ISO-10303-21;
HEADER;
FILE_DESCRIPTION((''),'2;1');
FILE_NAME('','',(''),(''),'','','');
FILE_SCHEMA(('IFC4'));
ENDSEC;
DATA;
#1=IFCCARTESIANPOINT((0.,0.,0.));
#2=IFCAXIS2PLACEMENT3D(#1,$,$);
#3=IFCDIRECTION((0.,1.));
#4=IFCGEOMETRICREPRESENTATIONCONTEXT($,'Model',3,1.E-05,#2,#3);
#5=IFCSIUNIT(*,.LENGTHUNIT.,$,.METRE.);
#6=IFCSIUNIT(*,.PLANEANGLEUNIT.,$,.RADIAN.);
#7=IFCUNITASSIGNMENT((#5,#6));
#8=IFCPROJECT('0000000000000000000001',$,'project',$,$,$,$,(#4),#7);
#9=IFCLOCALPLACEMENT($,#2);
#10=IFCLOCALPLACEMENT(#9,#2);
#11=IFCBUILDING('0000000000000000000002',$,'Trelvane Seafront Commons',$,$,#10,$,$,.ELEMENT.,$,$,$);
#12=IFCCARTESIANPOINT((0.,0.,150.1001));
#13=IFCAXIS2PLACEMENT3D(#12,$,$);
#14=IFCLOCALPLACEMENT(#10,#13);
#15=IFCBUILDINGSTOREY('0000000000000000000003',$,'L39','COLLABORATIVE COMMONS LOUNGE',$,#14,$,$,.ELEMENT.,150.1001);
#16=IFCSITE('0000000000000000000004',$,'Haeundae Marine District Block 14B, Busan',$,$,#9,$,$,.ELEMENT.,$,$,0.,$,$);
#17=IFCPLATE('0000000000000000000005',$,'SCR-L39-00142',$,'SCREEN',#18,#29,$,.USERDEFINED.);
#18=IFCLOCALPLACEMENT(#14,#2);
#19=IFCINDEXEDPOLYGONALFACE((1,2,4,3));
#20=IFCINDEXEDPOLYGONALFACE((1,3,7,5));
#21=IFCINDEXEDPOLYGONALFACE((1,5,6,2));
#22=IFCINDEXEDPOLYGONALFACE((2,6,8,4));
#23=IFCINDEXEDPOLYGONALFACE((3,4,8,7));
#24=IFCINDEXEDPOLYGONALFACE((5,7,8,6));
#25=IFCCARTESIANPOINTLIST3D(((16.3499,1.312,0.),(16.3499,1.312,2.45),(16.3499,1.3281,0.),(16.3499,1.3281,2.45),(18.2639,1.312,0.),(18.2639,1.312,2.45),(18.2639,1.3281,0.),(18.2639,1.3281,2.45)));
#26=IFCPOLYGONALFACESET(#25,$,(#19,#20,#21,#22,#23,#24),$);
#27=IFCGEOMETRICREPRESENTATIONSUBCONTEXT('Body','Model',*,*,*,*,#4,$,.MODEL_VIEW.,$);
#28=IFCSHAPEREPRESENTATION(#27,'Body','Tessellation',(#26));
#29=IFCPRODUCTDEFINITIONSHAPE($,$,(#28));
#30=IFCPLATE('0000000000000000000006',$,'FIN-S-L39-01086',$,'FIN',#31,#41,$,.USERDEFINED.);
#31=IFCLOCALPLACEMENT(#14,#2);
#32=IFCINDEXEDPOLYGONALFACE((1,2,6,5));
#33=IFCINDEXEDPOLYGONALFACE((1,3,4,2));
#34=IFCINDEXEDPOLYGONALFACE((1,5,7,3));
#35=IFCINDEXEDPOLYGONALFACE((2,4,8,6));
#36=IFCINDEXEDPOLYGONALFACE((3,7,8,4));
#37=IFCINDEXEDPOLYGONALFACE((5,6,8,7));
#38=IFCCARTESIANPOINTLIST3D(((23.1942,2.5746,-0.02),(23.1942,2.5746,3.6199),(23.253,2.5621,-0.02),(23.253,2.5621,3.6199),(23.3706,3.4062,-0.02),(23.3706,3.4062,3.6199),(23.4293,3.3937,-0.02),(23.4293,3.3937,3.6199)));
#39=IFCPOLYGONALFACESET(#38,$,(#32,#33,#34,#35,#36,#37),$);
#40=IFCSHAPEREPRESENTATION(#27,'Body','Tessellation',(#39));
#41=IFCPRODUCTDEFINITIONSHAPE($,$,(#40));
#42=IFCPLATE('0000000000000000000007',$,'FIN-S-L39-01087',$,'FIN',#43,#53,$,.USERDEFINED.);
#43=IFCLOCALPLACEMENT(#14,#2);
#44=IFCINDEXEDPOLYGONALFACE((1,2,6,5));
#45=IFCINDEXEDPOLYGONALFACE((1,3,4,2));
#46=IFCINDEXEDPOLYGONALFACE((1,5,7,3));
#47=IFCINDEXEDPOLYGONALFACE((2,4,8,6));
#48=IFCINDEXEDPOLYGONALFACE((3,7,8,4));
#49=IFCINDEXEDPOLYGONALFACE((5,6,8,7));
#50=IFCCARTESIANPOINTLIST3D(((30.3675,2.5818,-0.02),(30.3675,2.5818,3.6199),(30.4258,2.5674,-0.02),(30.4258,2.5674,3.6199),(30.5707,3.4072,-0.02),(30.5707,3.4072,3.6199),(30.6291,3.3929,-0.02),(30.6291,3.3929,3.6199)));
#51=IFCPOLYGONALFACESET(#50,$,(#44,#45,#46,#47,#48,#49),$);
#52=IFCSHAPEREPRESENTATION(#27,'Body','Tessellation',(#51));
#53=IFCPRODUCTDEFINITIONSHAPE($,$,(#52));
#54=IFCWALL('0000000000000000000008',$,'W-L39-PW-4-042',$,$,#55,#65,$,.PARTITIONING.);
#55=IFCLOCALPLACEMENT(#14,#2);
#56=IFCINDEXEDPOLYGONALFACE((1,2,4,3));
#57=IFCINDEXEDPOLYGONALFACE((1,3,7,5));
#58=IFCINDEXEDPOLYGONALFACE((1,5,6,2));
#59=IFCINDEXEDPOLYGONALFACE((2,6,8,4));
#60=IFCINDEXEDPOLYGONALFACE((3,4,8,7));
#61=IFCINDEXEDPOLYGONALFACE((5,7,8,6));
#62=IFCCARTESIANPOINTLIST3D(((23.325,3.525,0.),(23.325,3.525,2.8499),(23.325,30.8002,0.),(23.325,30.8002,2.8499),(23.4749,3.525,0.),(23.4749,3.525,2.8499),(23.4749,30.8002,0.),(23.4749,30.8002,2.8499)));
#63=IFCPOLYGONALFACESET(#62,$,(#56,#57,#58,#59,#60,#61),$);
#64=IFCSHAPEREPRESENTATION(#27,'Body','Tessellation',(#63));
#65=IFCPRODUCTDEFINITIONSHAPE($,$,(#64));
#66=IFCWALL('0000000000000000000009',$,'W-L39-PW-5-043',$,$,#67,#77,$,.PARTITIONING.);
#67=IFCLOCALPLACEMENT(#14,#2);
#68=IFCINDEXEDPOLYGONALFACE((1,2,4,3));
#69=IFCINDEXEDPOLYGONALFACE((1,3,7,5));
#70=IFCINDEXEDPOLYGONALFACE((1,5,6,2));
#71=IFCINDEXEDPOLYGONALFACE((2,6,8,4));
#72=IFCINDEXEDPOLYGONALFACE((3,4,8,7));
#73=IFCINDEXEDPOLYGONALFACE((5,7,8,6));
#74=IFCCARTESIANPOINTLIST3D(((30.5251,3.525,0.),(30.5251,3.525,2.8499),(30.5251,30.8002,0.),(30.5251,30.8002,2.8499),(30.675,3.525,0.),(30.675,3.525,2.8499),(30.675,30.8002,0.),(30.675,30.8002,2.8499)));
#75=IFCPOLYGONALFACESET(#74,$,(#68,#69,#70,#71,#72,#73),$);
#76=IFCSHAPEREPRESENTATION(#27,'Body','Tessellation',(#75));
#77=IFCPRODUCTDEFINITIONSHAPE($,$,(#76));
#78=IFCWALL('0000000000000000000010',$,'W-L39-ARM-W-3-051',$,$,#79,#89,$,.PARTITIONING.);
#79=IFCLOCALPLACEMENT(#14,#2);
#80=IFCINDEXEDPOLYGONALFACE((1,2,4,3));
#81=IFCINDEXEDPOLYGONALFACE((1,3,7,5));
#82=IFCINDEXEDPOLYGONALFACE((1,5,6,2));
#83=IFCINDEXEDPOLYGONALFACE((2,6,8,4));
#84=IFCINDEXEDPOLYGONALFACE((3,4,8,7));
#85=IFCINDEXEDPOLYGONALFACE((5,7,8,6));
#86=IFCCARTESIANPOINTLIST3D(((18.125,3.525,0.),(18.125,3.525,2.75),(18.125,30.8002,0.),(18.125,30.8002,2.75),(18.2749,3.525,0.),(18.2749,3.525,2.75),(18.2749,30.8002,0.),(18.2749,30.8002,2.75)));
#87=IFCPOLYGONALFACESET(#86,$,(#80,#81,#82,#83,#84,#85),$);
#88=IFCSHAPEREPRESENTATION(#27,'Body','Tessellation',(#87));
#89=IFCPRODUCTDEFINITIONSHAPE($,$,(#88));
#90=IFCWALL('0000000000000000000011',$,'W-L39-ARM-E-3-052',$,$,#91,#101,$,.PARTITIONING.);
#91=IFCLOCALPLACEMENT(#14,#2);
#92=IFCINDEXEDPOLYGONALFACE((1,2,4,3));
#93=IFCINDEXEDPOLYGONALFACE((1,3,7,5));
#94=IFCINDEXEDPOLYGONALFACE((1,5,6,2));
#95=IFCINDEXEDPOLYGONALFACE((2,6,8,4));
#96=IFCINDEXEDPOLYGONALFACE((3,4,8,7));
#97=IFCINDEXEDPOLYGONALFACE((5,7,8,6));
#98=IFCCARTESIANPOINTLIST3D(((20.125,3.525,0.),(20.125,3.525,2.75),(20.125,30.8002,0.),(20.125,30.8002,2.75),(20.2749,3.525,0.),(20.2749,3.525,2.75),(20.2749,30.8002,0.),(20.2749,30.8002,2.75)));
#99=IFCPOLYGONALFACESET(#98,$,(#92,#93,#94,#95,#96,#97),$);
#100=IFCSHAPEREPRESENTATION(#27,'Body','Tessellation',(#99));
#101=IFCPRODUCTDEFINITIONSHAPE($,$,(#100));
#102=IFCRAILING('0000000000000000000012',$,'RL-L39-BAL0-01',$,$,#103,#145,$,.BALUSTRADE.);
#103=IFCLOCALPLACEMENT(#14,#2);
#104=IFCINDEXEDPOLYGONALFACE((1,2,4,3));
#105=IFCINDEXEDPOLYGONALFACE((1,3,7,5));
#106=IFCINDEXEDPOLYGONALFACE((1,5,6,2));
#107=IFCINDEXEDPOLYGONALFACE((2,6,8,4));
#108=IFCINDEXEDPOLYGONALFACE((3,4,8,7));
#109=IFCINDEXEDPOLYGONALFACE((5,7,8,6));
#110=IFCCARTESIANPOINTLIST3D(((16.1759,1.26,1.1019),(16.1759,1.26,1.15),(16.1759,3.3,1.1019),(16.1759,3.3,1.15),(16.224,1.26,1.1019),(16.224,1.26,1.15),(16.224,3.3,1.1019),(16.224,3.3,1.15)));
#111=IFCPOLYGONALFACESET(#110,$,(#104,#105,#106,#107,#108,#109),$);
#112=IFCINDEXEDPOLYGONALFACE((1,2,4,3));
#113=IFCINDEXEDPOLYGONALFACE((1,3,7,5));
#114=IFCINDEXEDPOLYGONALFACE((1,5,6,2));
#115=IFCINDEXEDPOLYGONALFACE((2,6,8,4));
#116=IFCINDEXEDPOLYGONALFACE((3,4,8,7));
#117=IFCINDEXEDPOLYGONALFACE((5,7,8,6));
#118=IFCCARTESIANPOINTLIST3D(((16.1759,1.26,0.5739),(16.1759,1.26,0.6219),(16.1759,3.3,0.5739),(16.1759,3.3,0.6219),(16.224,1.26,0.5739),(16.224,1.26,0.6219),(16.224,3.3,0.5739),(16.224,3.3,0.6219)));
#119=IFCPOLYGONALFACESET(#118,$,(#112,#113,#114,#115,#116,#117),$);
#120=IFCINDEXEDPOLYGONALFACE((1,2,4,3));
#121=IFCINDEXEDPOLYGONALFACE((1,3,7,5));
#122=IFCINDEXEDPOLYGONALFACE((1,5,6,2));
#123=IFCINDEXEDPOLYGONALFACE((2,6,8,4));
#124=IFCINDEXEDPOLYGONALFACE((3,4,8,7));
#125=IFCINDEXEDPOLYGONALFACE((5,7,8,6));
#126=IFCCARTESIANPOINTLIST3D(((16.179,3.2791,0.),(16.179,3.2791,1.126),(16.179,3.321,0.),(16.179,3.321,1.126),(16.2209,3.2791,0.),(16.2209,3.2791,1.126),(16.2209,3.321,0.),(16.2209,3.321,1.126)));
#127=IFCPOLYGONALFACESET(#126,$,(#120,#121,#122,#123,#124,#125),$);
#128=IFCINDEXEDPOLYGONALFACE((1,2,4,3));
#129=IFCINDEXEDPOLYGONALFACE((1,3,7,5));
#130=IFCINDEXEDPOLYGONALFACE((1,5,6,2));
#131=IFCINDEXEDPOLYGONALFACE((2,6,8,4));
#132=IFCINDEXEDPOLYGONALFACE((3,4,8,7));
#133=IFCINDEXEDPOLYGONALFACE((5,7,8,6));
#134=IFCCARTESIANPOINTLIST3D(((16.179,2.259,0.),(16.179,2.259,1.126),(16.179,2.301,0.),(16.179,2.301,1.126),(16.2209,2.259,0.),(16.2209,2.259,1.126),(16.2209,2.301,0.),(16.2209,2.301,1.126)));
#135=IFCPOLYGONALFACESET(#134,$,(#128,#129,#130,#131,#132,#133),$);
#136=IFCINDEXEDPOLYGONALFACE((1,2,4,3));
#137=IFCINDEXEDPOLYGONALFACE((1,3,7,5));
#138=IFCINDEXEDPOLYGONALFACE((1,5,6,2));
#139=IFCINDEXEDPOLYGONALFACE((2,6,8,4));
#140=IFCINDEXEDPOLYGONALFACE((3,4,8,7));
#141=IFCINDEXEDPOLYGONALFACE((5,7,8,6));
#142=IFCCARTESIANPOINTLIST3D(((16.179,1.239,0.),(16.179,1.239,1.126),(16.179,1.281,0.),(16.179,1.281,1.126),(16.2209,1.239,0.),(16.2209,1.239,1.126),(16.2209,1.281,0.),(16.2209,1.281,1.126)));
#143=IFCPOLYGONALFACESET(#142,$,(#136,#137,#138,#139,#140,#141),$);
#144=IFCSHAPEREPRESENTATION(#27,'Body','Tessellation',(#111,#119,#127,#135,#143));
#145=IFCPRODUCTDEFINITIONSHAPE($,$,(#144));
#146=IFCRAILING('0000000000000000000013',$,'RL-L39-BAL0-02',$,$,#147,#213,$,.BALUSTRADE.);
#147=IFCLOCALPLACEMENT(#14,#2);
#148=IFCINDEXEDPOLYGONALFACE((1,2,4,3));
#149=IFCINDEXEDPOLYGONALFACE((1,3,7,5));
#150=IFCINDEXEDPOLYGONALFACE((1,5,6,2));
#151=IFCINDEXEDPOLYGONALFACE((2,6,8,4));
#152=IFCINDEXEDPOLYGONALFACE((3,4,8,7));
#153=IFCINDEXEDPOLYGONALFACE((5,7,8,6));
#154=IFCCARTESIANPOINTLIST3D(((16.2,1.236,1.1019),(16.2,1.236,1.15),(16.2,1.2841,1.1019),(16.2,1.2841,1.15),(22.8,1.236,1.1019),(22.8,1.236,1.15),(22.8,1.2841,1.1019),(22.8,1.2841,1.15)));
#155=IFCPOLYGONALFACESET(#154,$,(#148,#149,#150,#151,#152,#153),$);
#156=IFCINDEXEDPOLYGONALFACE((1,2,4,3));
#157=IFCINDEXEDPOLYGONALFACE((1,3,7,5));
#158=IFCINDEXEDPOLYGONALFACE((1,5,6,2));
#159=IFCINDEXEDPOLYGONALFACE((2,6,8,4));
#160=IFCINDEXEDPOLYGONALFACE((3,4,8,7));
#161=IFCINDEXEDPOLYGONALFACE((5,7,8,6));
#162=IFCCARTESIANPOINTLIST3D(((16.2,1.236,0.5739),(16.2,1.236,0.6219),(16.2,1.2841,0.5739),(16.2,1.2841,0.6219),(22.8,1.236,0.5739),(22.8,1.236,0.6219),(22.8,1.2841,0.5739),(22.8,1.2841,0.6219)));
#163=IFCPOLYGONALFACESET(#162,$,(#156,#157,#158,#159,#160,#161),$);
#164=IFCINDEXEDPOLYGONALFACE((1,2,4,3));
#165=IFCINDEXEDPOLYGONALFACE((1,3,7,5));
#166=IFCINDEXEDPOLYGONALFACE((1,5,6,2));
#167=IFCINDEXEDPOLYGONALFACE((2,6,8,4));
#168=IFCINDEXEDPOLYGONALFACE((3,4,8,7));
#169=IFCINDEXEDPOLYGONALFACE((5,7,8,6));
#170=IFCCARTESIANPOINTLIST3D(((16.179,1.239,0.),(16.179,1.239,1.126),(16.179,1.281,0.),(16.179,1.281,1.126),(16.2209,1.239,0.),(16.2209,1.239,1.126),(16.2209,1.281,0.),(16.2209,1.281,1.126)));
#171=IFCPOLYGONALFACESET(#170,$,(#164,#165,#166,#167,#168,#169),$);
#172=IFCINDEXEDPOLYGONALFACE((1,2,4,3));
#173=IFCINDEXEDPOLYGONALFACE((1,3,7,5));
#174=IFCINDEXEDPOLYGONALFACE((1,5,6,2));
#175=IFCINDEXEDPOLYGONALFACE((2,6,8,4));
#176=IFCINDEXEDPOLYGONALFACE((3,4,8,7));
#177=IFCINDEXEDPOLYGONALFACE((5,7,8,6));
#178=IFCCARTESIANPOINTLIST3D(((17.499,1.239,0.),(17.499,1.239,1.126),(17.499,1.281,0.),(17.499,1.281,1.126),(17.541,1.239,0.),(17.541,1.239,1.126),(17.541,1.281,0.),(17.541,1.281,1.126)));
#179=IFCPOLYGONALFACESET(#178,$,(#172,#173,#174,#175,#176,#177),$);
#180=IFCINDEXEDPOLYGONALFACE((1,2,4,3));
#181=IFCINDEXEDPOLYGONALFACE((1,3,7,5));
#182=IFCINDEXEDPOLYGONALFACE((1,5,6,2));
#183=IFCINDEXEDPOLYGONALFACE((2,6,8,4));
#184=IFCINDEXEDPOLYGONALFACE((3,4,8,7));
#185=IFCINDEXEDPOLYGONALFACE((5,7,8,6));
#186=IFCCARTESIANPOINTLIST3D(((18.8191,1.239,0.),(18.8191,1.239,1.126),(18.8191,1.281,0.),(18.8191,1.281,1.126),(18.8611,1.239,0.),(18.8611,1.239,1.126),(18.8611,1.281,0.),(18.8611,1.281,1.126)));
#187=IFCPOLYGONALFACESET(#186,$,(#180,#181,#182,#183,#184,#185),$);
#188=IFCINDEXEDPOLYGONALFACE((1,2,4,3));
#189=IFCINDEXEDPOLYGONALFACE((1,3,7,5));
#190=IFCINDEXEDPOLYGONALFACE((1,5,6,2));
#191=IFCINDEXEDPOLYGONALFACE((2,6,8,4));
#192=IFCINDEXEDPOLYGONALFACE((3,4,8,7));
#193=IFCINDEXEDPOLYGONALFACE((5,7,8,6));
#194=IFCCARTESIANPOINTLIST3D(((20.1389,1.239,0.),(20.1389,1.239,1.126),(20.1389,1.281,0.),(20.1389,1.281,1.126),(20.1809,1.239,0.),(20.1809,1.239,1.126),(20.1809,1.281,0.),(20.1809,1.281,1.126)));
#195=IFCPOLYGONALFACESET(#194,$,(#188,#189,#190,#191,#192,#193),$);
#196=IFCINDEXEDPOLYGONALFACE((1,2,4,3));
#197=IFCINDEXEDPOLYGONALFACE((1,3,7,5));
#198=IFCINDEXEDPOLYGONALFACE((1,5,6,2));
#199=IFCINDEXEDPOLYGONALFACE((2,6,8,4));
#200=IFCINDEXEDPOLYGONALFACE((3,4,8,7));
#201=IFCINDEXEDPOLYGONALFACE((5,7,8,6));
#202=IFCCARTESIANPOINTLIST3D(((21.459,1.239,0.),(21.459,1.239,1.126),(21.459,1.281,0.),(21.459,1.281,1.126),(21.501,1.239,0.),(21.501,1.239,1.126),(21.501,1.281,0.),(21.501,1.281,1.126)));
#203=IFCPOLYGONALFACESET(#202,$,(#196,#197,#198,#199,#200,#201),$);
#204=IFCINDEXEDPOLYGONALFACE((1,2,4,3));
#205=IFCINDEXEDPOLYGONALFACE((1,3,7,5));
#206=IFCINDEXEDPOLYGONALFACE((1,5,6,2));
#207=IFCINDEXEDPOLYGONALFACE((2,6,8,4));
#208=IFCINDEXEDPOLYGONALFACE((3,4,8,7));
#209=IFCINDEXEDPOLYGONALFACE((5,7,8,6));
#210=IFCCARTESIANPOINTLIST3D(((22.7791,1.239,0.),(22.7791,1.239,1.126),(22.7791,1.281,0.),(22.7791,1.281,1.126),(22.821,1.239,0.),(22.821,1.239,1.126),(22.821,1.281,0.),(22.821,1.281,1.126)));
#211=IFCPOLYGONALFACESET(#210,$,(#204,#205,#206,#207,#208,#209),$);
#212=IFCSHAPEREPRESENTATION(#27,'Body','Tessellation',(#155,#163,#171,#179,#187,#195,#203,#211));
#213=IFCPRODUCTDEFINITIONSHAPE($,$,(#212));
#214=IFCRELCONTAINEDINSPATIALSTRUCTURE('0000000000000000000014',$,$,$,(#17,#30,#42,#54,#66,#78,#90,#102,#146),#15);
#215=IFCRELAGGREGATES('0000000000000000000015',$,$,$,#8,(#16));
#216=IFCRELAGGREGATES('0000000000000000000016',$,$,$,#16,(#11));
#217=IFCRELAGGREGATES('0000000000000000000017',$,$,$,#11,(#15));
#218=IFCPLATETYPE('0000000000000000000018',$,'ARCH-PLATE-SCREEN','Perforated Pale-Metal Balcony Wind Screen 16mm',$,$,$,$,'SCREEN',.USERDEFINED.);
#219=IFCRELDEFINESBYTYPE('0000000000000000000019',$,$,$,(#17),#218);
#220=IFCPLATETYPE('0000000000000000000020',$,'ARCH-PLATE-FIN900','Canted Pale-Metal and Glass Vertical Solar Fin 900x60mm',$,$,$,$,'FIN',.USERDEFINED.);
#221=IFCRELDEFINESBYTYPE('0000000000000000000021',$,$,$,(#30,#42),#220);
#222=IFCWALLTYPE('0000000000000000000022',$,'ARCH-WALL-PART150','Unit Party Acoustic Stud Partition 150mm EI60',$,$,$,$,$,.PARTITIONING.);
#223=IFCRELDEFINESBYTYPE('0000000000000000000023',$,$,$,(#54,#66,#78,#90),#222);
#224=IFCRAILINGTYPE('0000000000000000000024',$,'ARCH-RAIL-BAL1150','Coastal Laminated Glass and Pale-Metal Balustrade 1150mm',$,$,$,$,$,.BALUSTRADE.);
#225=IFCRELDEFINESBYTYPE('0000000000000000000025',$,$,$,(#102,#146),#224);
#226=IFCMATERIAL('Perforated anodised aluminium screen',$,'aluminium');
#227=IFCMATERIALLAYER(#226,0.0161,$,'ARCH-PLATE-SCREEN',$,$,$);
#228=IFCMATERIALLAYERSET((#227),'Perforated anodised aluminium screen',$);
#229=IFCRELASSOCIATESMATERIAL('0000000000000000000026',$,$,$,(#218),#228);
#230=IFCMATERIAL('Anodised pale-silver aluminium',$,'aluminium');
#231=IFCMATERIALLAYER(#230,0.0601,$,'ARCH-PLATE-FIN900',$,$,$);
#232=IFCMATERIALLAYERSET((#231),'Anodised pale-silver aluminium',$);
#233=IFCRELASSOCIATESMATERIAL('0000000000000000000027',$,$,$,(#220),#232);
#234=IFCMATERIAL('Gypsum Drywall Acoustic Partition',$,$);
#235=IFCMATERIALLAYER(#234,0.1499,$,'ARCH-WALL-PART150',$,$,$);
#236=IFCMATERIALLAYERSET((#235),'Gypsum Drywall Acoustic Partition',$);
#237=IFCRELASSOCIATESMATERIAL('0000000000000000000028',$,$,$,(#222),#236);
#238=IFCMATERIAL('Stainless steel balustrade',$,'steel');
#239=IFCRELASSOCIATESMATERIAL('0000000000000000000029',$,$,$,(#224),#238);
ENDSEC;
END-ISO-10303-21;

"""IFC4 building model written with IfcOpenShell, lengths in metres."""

from ifc_helpers import new_model, si_unit, direction, frame, frame_2d, origin, origin_2d, place, context, subcontext, project, spatial, rectangle, extrude, source, transform, mapped, material, layer, layer_set, type_object, element, save


model = new_model("IFC4")

# Units and contexts
model_context = context("Model", 3, precision=1e-05, world=origin(), true_north=direction((0.0, 1.0)))
body_context = subcontext(model_context, "Body", "Model", "MODEL_VIEW")
ifc_project = project(units=[si_unit("LENGTHUNIT", "METRE"), si_unit("PLANEANGLEUNIT", "RADIAN")], contexts=[model_context])

# Site, building, storey
site_placement = place(None, origin())
site = spatial("IfcSite", under=ifc_project, at=site_placement, Name="Haeundae Marine District Block 14B, Busan", CompositionType="ELEMENT", RefElevation=0.0)
building_placement = place(site_placement, origin())
building = spatial("IfcBuilding", under=site, at=building_placement, Name="Trelvane Seafront Commons", CompositionType="ELEMENT")
storey_placement = place(building_placement, frame((0.0, 0.0, 150.1001)))
storey = spatial("IfcBuildingStorey", under=building, at=storey_placement, Name="L39", Description="COLLABORATIVE COMMONS LOUNGE", CompositionType="ELEMENT", Elevation=150.1001)

# Plates
ifc_material_1 = material(Name="Perforated anodised aluminium screen", Category="aluminium")
ifc_layer_1 = layer(ifc_material_1, 0.0161, Name="ARCH-PLATE-SCREEN")
ifc_layer_set_1 = layer_set([ifc_layer_1], Name="Perforated anodised aluminium screen")
plate_type_1 = type_object("IfcPlateType", Name="ARCH-PLATE-SCREEN", Description="Perforated Pale-Metal Balcony Wind Screen 16mm", ElementType="SCREEN", PredefinedType="USERDEFINED", material=ifc_layer_set_1)
shared_shape_1 = source(origin(), body_context, "Body", "SweptSolid", [
    extrude(rectangle(XDim=1.9141, YDim=0.0161, at=origin_2d()), origin(), (0.0, 0.0, 1.0), 2.45),
])
plate_placement = place(storey_placement, frame((17.3069, 1.3201, 0.0), z_axis=(0.0, 0.0, 1.0), x_axis=(1.0, 0.0, 0.0)))
element("IfcPlate", 1, at=plate_placement, inside=storey, type_object=plate_type_1, Name="SCR-L39-00142", ObjectType="SCREEN", PredefinedType="USERDEFINED", context=body_context, shape_type="MappedRepresentation", body=[
    mapped(shared_shape_1, transform((0.0, 0.0, 0.0), x_axis=(1.0, 0.0, 0.0), y_axis=(0.0, 1.0, 0.0), z_axis=(0.0, 0.0, 1.0), scale=1.0)),
])
ifc_material_2 = material(Name="Anodised pale-silver aluminium", Category="aluminium")
ifc_layer_2 = layer(ifc_material_2, 0.0601, Name="ARCH-PLATE-FIN900")
ifc_layer_set_2 = layer_set([ifc_layer_2], Name="Anodised pale-silver aluminium")
plate_type_2 = type_object("IfcPlateType", Name="ARCH-PLATE-FIN900", Description="Canted Pale-Metal and Glass Vertical Solar Fin 900x60mm", ElementType="FIN", PredefinedType="USERDEFINED", material=ifc_layer_set_2)
shared_shape_2 = source(origin(), body_context, "Body", "SweptSolid", [
    extrude(rectangle(XDim=0.8501, YDim=0.0601, at=origin_2d()), origin(), (0.0, 0.0, 1.0), 3.6399),
])
for number, where, z_axis, x_axis, name in (
    (2, (23.3118, 2.9841, -0.02), (0.0, 0.0, 1.0), (-0.207415, -0.978253, 0.0), "FIN-S-L39-01086"),
    (3, (30.4983, 2.9873, -0.02), (0.0, 0.0, 1.0), (-0.239047, -0.971008, 0.0), "FIN-S-L39-01087"),
):
    element("IfcPlate", number, at=place(storey_placement, frame(where, z_axis=z_axis, x_axis=x_axis)), inside=storey, type_object=plate_type_2, Name=name, ObjectType="FIN", PredefinedType="USERDEFINED", context=body_context, shape_type="MappedRepresentation", body=[
        mapped(shared_shape_2, transform((0.0, 0.0, 0.0), x_axis=(1.0, 0.0, 0.0), y_axis=(0.0, 1.0, 0.0), z_axis=(0.0, 0.0, 1.0), scale=1.0)),
    ])

# Shared definitions
ifc_material_3 = material(Name="Gypsum Drywall Acoustic Partition")

# Walls
ifc_layer_3 = layer(ifc_material_3, 0.1499, Name="ARCH-WALL-PART150")
ifc_layer_set_3 = layer_set([ifc_layer_3], Name="Gypsum Drywall Acoustic Partition")
wall_type_1 = type_object("IfcWallType", Name="ARCH-WALL-PART150", Description="Unit Party Acoustic Stud Partition 150mm EI60", PredefinedType="PARTITIONING", material=ifc_layer_set_3)
for number, where, z_axis, x_axis, name in (
    (4, (23.3999, 3.5249, 0.0), (0.0, 0.0, 1.0), (0.0, 1.0, 0.0), "W-L39-PW-4-042"),
    (5, (30.6001, 3.5249, 0.0), (0.0, 0.0, 1.0), (0.0, 1.0, 0.0), "W-L39-PW-5-043"),
):
    element("IfcWall", number, at=place(storey_placement, frame(where, z_axis=z_axis, x_axis=x_axis)), inside=storey, type_object=wall_type_1, Name=name, PredefinedType="PARTITIONING", context=body_context, shape_type="SweptSolid", body=[
        extrude(rectangle(XDim=27.2751, YDim=0.1499, at=frame_2d((13.6377, 0.0))), origin(), (0.0, 0.0, 1.0), 2.8499),
    ])
for number, where, z_axis, x_axis, name in (
    (6, (18.2, 3.5249, 0.0), (0.0, 0.0, 1.0), (0.0, 1.0, 0.0), "W-L39-ARM-W-3-051"),
    (7, (20.2, 3.5249, 0.0), (0.0, 0.0, 1.0), (0.0, 1.0, 0.0), "W-L39-ARM-E-3-052"),
):
    element("IfcWall", number, at=place(storey_placement, frame(where, z_axis=z_axis, x_axis=x_axis)), inside=storey, type_object=wall_type_1, Name=name, PredefinedType="PARTITIONING", context=body_context, shape_type="SweptSolid", body=[
        extrude(rectangle(XDim=27.2751, YDim=0.1499, at=frame_2d((13.6377, 0.0))), origin(), (0.0, 0.0, 1.0), 2.75),
    ])

# Railings
ifc_material_4 = material(Name="Stainless steel balustrade", Category="steel")
railing_type = type_object("IfcRailingType", Name="ARCH-RAIL-BAL1150", Description="Coastal Laminated Glass and Pale-Metal Balustrade 1150mm", PredefinedType="BALUSTRADE", material=ifc_material_4)
railing_1_placement = place(storey_placement, frame((16.2, 3.3, 0.0)))
element("IfcRailing", 8, at=railing_1_placement, inside=storey, type_object=railing_type, Name="RL-L39-BAL0-01", PredefinedType="BALUSTRADE", context=body_context, shape_type="SweptSolid", body=[
    extrude(rectangle(XDim=0.0481, YDim=0.0481, at=origin_2d()), frame((0.0, 0.0, 1.126), z_axis=(0.0, -1.0, 0.0), x_axis=(1.0, 0.0, 0.0)), (0.0, 0.0, 1.0), 2.04),
    extrude(rectangle(XDim=0.0481, YDim=0.0481, at=origin_2d()), frame((0.0, 0.0, 0.5979), z_axis=(0.0, -1.0, 0.0), x_axis=(1.0, 0.0, 0.0)), (0.0, 0.0, 1.0), 2.04),
    extrude(rectangle(XDim=0.042, YDim=0.042, at=origin_2d()), origin(), (0.0, 0.0, 1.0), 1.126),
    extrude(rectangle(XDim=0.042, YDim=0.042, at=origin_2d()), frame((0.0, -1.02, 0.0)), (0.0, 0.0, 1.0), 1.126),
    extrude(rectangle(XDim=0.042, YDim=0.042, at=origin_2d()), frame((0.0, -2.04, 0.0)), (0.0, 0.0, 1.0), 1.126),
])
railing_2_placement = place(storey_placement, frame((16.2, 1.26, 0.0)))
element("IfcRailing", 9, at=railing_2_placement, inside=storey, type_object=railing_type, Name="RL-L39-BAL0-02", PredefinedType="BALUSTRADE", context=body_context, shape_type="SweptSolid", body=[
    extrude(rectangle(XDim=0.0481, YDim=0.0481, at=origin_2d()), frame((0.0, 0.0, 1.126), z_axis=(1.0, 0.0, 0.0), x_axis=(0.0, 1.0, 0.0)), (0.0, 0.0, 1.0), 6.6001),
    extrude(rectangle(XDim=0.0481, YDim=0.0481, at=origin_2d()), frame((0.0, 0.0, 0.5979), z_axis=(1.0, 0.0, 0.0), x_axis=(0.0, 1.0, 0.0)), (0.0, 0.0, 1.0), 6.6001),
    extrude(rectangle(XDim=0.042, YDim=0.042, at=origin_2d()), origin(), (0.0, 0.0, 1.0), 1.126),
    extrude(rectangle(XDim=0.042, YDim=0.042, at=origin_2d()), frame((1.3201, 0.0, 0.0)), (0.0, 0.0, 1.0), 1.126),
    extrude(rectangle(XDim=0.042, YDim=0.042, at=origin_2d()), frame((2.6401, 0.0, 0.0)), (0.0, 0.0, 1.0), 1.126),
    extrude(rectangle(XDim=0.042, YDim=0.042, at=origin_2d()), frame((3.96, 0.0, 0.0)), (0.0, 0.0, 1.0), 1.126),
    extrude(rectangle(XDim=0.042, YDim=0.042, at=origin_2d()), frame((5.28, 0.0, 0.0)), (0.0, 0.0, 1.0), 1.126),
    extrude(rectangle(XDim=0.042, YDim=0.042, at=origin_2d()), frame((6.6001, 0.0, 0.0)), (0.0, 0.0, 1.0), 1.126),
])

save(model, "model.ifc")
